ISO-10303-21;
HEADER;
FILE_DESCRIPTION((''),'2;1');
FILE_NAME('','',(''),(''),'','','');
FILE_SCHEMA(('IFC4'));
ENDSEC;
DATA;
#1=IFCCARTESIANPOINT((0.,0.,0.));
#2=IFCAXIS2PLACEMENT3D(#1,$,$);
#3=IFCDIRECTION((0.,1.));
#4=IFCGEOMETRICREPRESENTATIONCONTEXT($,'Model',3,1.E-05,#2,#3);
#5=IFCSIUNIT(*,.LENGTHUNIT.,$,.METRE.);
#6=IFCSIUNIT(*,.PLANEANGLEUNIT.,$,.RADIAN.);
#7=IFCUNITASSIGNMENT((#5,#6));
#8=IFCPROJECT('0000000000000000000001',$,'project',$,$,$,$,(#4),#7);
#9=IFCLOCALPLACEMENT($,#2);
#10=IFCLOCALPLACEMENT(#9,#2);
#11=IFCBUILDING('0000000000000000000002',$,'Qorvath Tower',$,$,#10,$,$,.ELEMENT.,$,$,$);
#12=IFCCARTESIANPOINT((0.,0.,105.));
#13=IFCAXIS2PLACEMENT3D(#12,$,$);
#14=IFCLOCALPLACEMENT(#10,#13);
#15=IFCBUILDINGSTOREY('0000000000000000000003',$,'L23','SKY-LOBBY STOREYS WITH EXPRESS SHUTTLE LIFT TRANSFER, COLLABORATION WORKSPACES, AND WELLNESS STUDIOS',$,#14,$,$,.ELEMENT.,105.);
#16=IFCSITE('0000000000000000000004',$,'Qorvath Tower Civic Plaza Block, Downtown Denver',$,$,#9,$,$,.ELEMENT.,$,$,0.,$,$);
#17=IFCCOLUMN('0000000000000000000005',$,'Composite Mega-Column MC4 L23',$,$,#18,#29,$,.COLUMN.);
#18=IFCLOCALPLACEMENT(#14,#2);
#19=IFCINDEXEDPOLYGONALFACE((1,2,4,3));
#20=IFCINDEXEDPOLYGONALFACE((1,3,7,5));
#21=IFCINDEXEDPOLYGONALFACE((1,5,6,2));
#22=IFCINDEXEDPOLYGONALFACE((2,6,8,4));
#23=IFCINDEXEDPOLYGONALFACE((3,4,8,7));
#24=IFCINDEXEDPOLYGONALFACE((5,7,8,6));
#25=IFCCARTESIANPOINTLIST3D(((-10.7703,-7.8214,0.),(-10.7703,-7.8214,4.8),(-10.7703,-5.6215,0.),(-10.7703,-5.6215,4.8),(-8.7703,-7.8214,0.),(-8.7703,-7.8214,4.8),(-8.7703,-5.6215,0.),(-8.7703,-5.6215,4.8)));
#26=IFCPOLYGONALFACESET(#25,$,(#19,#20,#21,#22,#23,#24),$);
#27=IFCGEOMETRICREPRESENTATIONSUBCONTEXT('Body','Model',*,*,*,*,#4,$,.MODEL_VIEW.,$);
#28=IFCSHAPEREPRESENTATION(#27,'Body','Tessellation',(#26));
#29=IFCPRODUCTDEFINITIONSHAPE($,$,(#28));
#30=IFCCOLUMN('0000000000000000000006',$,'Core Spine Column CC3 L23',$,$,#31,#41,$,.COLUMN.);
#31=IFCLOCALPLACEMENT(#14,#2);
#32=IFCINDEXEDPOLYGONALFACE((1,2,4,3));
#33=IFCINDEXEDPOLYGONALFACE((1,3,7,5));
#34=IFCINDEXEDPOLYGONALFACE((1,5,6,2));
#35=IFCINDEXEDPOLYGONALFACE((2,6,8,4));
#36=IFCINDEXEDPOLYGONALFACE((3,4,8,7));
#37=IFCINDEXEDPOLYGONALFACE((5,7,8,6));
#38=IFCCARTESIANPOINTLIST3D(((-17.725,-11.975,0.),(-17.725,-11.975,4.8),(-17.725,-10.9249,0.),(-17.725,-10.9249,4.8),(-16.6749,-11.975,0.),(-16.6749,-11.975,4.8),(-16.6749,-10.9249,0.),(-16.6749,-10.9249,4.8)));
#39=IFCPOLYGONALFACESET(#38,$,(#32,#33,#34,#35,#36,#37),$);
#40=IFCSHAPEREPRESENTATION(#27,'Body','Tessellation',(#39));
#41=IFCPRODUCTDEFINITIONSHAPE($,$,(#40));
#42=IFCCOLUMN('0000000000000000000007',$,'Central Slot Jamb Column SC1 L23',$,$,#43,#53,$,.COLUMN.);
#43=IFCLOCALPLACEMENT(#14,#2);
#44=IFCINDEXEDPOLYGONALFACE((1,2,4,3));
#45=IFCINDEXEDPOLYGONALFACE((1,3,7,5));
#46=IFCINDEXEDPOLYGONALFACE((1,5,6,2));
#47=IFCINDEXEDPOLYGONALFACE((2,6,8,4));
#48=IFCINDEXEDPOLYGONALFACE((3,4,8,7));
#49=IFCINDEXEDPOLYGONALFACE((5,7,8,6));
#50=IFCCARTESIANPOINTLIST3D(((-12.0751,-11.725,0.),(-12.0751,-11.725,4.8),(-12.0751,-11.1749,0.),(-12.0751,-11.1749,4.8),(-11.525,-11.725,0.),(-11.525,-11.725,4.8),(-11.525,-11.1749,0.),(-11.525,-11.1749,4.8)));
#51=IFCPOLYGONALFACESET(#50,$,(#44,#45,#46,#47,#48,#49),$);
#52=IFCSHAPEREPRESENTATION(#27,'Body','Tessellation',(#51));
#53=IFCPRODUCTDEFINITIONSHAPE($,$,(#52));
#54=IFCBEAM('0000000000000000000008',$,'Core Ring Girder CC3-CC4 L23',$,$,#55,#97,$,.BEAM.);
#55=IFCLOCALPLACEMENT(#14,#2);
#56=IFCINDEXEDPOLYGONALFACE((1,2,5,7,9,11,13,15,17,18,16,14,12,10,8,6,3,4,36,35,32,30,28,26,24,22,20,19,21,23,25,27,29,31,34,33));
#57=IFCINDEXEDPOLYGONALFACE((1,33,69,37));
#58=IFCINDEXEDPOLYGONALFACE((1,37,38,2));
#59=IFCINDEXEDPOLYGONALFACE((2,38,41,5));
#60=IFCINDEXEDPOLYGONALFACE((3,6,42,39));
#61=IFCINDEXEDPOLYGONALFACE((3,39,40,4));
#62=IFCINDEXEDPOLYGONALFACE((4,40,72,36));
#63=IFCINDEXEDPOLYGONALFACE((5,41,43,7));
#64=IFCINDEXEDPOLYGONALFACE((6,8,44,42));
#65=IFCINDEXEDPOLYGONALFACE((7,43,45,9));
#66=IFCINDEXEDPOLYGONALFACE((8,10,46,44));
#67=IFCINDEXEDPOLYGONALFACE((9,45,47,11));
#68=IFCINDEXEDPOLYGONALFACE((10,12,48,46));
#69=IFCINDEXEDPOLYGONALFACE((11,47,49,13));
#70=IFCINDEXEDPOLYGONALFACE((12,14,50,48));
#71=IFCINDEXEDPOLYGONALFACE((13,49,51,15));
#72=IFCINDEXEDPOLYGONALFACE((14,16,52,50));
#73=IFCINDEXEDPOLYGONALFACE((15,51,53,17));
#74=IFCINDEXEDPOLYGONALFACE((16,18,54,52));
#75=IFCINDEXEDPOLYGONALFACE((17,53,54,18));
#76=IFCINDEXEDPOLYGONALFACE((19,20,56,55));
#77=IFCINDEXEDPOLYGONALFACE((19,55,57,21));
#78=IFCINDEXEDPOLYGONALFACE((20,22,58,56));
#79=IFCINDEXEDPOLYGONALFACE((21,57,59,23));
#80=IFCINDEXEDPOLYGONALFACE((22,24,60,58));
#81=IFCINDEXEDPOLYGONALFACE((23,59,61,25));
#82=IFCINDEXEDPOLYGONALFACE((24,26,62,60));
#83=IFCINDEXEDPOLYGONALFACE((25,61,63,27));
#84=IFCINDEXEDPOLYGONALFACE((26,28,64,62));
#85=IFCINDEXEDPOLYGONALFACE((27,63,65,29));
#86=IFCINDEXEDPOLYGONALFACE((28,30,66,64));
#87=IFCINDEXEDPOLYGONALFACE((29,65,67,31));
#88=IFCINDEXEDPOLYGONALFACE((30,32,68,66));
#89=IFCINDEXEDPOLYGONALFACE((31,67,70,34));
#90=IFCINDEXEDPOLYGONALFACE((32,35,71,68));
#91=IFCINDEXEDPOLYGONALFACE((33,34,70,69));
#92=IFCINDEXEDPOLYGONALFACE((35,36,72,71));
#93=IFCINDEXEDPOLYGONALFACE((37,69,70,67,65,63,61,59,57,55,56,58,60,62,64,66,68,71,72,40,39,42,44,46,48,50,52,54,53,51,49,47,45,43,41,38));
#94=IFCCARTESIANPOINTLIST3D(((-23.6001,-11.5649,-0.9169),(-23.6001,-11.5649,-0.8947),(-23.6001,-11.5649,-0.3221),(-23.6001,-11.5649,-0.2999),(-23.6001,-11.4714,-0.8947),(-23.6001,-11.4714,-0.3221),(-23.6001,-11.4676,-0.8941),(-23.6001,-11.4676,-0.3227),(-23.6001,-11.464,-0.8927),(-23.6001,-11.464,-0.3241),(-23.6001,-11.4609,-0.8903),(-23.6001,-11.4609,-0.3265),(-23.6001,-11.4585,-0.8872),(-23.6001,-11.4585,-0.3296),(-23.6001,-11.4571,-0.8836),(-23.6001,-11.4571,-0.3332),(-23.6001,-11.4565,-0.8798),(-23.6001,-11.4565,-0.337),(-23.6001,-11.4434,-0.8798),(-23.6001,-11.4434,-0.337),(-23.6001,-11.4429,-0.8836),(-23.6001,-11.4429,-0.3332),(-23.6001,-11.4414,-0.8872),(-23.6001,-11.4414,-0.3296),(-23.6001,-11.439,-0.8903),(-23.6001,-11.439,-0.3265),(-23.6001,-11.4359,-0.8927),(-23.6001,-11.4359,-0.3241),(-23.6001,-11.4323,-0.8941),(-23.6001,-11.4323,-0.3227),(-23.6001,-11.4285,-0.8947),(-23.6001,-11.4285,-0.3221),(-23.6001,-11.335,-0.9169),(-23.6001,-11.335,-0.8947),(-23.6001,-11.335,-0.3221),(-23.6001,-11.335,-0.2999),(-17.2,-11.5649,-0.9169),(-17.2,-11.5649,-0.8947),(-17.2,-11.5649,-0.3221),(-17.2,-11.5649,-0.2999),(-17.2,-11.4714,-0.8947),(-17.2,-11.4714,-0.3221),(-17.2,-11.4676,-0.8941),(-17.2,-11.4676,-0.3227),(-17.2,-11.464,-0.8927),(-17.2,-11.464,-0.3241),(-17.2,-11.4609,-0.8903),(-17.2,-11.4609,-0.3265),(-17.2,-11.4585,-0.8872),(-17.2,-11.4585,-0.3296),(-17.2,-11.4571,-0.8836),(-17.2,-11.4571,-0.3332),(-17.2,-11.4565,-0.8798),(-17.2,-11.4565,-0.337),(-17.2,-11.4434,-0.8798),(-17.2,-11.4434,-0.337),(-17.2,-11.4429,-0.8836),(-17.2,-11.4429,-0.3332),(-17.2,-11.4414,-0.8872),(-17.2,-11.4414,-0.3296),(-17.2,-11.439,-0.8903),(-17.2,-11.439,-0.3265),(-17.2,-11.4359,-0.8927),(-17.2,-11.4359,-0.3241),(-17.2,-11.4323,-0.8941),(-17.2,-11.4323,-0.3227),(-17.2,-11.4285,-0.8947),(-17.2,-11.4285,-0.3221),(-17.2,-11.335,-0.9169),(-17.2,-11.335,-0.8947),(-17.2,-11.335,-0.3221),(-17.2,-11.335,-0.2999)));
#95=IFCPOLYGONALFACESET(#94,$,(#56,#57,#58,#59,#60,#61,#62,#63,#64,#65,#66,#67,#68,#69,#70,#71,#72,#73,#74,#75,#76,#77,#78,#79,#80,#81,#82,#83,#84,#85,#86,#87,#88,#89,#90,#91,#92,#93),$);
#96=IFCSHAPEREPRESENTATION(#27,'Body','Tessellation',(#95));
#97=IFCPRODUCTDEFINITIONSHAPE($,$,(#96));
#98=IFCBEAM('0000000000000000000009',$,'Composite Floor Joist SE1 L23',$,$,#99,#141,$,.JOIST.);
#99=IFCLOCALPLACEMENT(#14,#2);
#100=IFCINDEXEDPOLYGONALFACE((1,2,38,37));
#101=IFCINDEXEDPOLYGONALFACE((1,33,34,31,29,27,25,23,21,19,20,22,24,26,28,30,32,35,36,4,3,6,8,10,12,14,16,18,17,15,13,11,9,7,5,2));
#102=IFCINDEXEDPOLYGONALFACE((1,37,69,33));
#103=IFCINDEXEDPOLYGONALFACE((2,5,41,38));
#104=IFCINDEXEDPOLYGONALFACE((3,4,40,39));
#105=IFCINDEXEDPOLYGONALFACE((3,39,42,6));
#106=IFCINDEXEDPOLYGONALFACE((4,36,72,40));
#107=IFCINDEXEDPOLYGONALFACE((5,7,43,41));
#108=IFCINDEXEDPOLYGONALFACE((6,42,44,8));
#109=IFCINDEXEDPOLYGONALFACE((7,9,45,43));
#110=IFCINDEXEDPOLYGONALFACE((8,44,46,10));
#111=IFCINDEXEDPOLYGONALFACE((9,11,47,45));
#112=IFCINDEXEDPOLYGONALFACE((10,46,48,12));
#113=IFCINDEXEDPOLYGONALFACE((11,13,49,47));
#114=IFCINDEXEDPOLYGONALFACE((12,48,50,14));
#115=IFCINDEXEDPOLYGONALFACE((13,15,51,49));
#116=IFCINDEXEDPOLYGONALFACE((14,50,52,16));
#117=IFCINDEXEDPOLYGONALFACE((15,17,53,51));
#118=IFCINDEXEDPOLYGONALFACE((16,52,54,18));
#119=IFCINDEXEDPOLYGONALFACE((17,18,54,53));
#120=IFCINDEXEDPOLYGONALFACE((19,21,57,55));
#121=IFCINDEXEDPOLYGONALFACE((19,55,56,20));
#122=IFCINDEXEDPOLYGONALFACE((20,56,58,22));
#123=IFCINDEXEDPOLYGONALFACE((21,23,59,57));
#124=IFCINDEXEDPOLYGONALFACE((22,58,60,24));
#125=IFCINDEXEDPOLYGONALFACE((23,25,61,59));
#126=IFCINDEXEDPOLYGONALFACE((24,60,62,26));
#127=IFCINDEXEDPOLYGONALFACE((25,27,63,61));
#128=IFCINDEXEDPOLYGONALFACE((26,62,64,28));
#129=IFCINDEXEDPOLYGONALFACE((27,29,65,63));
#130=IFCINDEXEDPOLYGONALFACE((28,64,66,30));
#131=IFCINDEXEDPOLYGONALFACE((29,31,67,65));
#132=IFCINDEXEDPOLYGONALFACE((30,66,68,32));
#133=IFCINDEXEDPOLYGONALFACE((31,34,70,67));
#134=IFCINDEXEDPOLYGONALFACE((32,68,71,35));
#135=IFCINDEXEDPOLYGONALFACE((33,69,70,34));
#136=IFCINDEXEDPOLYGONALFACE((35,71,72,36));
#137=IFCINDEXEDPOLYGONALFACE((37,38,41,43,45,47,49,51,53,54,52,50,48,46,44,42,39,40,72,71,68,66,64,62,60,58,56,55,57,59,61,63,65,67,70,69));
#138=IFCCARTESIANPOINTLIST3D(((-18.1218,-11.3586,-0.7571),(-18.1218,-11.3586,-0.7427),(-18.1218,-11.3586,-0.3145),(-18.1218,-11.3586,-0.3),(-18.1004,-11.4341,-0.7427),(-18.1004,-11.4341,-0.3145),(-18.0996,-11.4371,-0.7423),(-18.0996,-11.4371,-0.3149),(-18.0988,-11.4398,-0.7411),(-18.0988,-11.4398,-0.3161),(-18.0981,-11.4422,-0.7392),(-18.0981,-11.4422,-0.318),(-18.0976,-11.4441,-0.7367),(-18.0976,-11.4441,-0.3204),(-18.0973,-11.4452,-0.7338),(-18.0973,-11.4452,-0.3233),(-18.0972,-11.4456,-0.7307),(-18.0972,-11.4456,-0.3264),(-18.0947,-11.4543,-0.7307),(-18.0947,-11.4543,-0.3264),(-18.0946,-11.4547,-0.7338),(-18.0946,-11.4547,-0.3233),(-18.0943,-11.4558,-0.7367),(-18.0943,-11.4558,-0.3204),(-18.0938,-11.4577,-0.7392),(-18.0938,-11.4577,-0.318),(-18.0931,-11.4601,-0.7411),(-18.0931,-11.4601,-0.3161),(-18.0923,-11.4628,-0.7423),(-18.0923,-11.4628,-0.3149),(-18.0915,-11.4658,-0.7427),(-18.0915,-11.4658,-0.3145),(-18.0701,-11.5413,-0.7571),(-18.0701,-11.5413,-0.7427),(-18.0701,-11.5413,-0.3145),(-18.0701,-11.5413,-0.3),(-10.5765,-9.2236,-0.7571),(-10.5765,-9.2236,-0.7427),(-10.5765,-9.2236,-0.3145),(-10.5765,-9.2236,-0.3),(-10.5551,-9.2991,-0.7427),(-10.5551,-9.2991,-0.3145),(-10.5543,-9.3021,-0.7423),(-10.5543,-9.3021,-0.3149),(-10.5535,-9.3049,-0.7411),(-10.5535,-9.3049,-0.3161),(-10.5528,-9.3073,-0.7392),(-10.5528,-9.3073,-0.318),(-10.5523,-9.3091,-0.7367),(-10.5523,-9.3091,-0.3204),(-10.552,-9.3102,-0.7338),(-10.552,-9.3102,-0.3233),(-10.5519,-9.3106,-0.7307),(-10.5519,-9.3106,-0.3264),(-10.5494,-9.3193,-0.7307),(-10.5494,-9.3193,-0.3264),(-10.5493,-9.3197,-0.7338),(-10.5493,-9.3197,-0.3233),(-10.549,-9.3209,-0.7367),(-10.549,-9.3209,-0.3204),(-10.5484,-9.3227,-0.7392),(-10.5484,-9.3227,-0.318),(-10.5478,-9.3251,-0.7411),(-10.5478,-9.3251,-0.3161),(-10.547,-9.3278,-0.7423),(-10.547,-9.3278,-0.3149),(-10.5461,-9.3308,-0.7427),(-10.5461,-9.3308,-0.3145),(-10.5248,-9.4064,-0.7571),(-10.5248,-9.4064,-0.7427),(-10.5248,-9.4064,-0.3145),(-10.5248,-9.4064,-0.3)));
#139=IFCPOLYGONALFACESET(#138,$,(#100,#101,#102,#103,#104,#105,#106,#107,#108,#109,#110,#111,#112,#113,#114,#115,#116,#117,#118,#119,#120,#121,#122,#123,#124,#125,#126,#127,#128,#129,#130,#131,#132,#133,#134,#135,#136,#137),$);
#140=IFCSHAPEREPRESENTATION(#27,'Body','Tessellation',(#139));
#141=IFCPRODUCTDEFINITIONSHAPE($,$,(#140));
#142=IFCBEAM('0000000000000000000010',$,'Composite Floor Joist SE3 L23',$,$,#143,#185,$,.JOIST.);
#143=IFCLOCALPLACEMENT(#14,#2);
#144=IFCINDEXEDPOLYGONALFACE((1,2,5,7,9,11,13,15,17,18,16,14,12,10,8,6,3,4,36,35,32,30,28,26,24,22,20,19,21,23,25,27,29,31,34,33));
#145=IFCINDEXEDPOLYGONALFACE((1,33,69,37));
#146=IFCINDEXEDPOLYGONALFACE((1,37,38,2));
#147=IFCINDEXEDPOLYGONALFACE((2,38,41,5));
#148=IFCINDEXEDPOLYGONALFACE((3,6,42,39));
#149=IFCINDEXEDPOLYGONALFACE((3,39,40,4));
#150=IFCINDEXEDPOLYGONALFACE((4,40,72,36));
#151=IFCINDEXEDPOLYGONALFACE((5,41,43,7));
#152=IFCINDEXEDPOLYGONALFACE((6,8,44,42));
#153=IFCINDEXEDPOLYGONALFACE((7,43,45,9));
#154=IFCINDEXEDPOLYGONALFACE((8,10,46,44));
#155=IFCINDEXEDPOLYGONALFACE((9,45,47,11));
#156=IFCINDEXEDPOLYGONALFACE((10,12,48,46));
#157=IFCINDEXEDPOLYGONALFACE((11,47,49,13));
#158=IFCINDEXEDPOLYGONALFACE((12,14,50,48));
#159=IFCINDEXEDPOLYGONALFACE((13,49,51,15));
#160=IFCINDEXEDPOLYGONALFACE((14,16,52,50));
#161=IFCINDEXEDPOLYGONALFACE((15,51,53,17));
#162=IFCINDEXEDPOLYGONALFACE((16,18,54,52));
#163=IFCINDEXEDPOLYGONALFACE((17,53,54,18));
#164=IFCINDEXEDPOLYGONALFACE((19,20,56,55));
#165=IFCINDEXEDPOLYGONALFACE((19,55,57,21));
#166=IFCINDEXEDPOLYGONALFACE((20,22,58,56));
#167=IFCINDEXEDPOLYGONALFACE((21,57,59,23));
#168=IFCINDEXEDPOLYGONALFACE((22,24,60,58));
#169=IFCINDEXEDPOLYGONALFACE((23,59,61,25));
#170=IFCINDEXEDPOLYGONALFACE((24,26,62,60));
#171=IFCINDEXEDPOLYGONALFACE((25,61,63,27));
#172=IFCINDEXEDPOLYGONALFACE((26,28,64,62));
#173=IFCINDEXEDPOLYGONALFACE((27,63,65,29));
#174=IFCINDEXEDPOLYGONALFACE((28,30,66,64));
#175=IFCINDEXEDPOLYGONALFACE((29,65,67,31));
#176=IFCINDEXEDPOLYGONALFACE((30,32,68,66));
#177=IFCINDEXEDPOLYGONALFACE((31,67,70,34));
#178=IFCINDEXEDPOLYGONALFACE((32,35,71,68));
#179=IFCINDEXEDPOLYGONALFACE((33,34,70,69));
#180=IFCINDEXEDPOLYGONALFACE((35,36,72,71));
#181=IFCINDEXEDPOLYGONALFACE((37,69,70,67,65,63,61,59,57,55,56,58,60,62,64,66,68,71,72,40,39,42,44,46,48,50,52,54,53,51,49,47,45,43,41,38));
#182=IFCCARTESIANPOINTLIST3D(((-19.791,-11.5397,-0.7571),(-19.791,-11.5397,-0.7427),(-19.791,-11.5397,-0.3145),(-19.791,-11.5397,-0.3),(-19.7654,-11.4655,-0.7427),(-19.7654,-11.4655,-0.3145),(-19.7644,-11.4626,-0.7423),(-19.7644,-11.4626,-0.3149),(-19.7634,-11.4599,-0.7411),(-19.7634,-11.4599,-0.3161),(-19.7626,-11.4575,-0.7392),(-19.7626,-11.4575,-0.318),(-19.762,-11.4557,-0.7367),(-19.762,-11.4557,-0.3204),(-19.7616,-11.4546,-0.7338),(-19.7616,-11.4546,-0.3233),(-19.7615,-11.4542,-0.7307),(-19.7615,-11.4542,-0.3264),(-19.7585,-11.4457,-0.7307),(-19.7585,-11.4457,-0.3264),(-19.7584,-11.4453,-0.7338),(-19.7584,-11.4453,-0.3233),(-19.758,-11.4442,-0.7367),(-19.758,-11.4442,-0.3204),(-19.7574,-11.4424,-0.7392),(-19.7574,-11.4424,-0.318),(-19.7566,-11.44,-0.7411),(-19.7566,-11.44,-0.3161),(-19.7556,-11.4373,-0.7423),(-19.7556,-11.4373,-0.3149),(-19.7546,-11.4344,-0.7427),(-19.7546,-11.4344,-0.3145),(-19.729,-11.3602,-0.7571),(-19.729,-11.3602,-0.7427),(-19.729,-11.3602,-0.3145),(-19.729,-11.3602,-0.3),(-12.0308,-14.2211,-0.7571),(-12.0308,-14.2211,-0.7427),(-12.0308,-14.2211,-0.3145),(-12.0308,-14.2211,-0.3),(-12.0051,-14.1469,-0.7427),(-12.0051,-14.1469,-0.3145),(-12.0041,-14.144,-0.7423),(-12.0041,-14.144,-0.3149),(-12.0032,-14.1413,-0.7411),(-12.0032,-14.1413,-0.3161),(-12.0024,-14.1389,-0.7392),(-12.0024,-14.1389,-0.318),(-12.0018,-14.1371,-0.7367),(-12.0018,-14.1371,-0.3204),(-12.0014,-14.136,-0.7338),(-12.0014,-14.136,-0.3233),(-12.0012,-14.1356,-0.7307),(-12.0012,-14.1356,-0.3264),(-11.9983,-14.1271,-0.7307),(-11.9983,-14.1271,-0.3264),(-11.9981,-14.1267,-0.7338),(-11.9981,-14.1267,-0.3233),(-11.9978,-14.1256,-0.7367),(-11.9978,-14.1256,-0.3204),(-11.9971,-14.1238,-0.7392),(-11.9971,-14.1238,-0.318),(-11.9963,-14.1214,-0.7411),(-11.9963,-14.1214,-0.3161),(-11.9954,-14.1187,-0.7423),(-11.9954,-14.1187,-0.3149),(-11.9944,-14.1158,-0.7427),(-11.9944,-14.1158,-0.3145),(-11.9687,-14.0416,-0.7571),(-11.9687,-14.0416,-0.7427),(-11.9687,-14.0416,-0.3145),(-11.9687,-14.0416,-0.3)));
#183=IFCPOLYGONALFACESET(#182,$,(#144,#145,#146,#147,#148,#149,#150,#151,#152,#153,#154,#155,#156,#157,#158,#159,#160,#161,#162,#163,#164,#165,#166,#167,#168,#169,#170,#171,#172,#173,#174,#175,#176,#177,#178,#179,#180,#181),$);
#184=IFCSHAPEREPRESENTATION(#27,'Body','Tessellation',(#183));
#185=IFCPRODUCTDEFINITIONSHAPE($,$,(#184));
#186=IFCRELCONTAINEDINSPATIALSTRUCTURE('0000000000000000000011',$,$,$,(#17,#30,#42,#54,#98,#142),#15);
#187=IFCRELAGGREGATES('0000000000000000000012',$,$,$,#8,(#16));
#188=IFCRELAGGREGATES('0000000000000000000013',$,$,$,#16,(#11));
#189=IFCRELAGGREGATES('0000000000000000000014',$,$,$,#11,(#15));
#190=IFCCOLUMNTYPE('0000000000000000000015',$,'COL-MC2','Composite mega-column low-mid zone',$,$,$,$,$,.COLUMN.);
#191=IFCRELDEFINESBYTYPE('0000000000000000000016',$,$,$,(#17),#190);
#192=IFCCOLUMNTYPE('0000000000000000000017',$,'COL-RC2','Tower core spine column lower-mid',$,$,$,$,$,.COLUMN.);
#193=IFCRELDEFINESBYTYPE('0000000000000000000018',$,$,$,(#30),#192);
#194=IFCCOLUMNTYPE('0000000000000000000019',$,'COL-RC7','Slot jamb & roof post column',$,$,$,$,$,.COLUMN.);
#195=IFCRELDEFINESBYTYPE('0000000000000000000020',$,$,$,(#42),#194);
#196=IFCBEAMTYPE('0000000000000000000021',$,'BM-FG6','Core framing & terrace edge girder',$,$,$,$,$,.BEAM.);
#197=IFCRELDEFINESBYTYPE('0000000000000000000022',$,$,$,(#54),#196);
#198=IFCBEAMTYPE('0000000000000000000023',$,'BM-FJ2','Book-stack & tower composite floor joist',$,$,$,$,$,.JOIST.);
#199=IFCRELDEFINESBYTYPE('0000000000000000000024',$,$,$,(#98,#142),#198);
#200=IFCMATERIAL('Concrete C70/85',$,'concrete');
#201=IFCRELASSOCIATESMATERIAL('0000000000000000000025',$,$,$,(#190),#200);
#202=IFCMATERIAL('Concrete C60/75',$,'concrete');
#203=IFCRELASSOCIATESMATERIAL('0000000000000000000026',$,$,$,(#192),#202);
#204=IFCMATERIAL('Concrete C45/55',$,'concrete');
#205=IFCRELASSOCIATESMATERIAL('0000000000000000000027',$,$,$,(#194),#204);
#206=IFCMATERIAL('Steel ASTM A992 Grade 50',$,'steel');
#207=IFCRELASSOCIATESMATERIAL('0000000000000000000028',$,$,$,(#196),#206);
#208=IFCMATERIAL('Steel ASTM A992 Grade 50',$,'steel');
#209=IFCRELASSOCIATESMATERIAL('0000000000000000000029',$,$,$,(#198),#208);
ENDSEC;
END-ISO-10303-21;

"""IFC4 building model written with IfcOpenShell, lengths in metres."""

from ifc_helpers import new_model, si_unit, direction, frame, origin, origin_2d, place, context, subcontext, project, spatial, rectangle, i_section, extrude, material, material_profile, profile_set, type_object, element, save


model = new_model("IFC4")

# Units and contexts
model_context = context("Model", 3, precision=1e-05, world=origin(), true_north=direction((0.0, 1.0)))
body_context = subcontext(model_context, "Body", "Model", "MODEL_VIEW")
ifc_project = project(units=[si_unit("LENGTHUNIT", "METRE"), si_unit("PLANEANGLEUNIT", "RADIAN")], contexts=[model_context])

# Site, building, storey
site_placement = place(None, origin())
site = spatial("IfcSite", under=ifc_project, at=site_placement, Name="Qorvath Tower Civic Plaza Block, Downtown Denver", CompositionType="ELEMENT", RefElevation=0.0)
building_placement = place(site_placement, origin())
building = spatial("IfcBuilding", under=site, at=building_placement, Name="Qorvath Tower", CompositionType="ELEMENT")
storey_placement = place(building_placement, frame((0.0, 0.0, 105.0)))
storey = spatial("IfcBuildingStorey", under=building, at=storey_placement, Name="L23", Description="SKY-LOBBY STOREYS WITH EXPRESS SHUTTLE LIFT TRANSFER, COLLABORATION WORKSPACES, AND WELLNESS STUDIOS", CompositionType="ELEMENT", Elevation=105.0)

# Columns
ifc_material_1 = material(Name="Concrete C70/85", Category="concrete")
ifc_material_profile_1 = material_profile(ifc_material_1, rectangle(XDim=2.0, YDim=2.2, at=origin_2d()), Name="MC 2200x2000")
ifc_profile_set_1 = profile_set([ifc_material_profile_1], Name="Concrete C70/85")
column_type_1 = type_object("IfcColumnType", Name="COL-MC2", Description="Composite mega-column low-mid zone", PredefinedType="COLUMN", material=ifc_profile_set_1)
column_1_placement = place(storey_placement, frame((-9.7703, -6.7214, 0.0), z_axis=(0.0, 0.0, 1.0), x_axis=(1.0, 0.0, 0.0)))
element("IfcColumn", 1, at=column_1_placement, inside=storey, type_object=column_type_1, Name="Composite Mega-Column MC4 L23", PredefinedType="COLUMN", context=body_context, shape_type="SweptSolid", body=[
    extrude(rectangle(XDim=2.0, YDim=2.2, at=origin_2d()), origin(), (0.0, 0.0, 1.0), 4.8),
])
ifc_material_2 = material(Name="Concrete C60/75", Category="concrete")
ifc_material_profile_2 = material_profile(ifc_material_2, rectangle(XDim=1.05, YDim=1.05, at=origin_2d()), Name="RC 1050x1050")
ifc_profile_set_2 = profile_set([ifc_material_profile_2], Name="Concrete C60/75")
column_type_2 = type_object("IfcColumnType", Name="COL-RC2", Description="Tower core spine column lower-mid", PredefinedType="COLUMN", material=ifc_profile_set_2)
column_2_placement = place(storey_placement, frame((-17.2, -11.45, 0.0), z_axis=(0.0, 0.0, 1.0), x_axis=(1.0, 0.0, 0.0)))
element("IfcColumn", 2, at=column_2_placement, inside=storey, type_object=column_type_2, Name="Core Spine Column CC3 L23", PredefinedType="COLUMN", context=body_context, shape_type="SweptSolid", body=[
    extrude(rectangle(XDim=1.05, YDim=1.05, at=origin_2d()), origin(), (0.0, 0.0, 1.0), 4.8),
])
ifc_material_3 = material(Name="Concrete C45/55", Category="concrete")
ifc_material_profile_3 = material_profile(ifc_material_3, rectangle(XDim=0.55, YDim=0.55, at=origin_2d()), Name="RC 550x550")
ifc_profile_set_3 = profile_set([ifc_material_profile_3], Name="Concrete C45/55")
column_type_3 = type_object("IfcColumnType", Name="COL-RC7", Description="Slot jamb & roof post column", PredefinedType="COLUMN", material=ifc_profile_set_3)
column_3_placement = place(storey_placement, frame((-11.8, -11.45, 0.0), z_axis=(0.0, 0.0, 1.0), x_axis=(1.0, 0.0, 0.0)))
element("IfcColumn", 3, at=column_3_placement, inside=storey, type_object=column_type_3, Name="Central Slot Jamb Column SC1 L23", PredefinedType="COLUMN", context=body_context, shape_type="SweptSolid", body=[
    extrude(rectangle(XDim=0.55, YDim=0.55, at=origin_2d()), origin(), (0.0, 0.0, 1.0), 4.8),
])

# Beams
ifc_material_4 = material(Name="Steel ASTM A992 Grade 50", Category="steel")
ifc_material_profile_4 = material_profile(ifc_material_4, i_section(OverallWidth=0.23, OverallDepth=0.6169, WebThickness=0.0132, FlangeThickness=0.0222, FilletRadius=0.0149, at=origin_2d()), Name="W24x94")
ifc_profile_set_4 = profile_set([ifc_material_profile_4], Name="Steel ASTM A992 Grade 50")
beam_type_1 = type_object("IfcBeamType", Name="BM-FG6", Description="Core framing & terrace edge girder", PredefinedType="BEAM", material=ifc_profile_set_4)
beam_1_placement = place(storey_placement, frame((-17.2, -11.45, -0.6084), z_axis=(-1.0, 0.0, 0.0), x_axis=(0.0, -1.0, 0.0)))
element("IfcBeam", 4, at=beam_1_placement, inside=storey, type_object=beam_type_1, Name="Core Ring Girder CC3-CC4 L23", PredefinedType="BEAM", context=body_context, shape_type="SweptSolid", body=[
    extrude(i_section(OverallWidth=0.23, OverallDepth=0.6169, WebThickness=0.0132, FlangeThickness=0.0222, FilletRadius=0.0149, at=origin_2d()), origin(), (0.0, 0.0, 1.0), 6.4001),
])
ifc_material_5 = material(Name="Steel ASTM A992 Grade 50", Category="steel")
ifc_material_profile_5 = material_profile(ifc_material_5, i_section(OverallWidth=0.1899, OverallDepth=0.457, WebThickness=0.009, FlangeThickness=0.0144, FilletRadius=0.012, at=origin_2d()), Name="W18x50")
ifc_profile_set_5 = profile_set([ifc_material_profile_5], Name="Steel ASTM A992 Grade 50")
beam_type_2 = type_object("IfcBeamType", Name="BM-FJ2", Description="Book-stack & tower composite floor joist", PredefinedType="JOIST", material=ifc_profile_set_5)
beam_2_placement = place(storey_placement, frame((-18.0959, -11.45, -0.5286), z_axis=(0.962222, 0.272265, 0.0), x_axis=(-0.272265, 0.962222, 0.0)))
element("IfcBeam", 5, at=beam_2_placement, inside=storey, type_object=beam_type_2, Name="Composite Floor Joist SE1 L23", PredefinedType="JOIST", context=body_context, shape_type="SweptSolid", body=[
    extrude(i_section(OverallWidth=0.1899, OverallDepth=0.457, WebThickness=0.009, FlangeThickness=0.0144, FilletRadius=0.012, at=origin_2d()), origin(), (0.0, 0.0, 1.0), 7.8416),
])
beam_3_placement = place(storey_placement, frame((-19.76, -11.45, -0.5286), z_axis=(0.945168, -0.326584, 0.0), x_axis=(0.326584, 0.945168, 0.0)))
element("IfcBeam", 6, at=beam_3_placement, inside=storey, type_object=beam_type_2, Name="Composite Floor Joist SE3 L23", PredefinedType="JOIST", context=body_context, shape_type="SweptSolid", body=[
    extrude(i_section(OverallWidth=0.1899, OverallDepth=0.457, WebThickness=0.009, FlangeThickness=0.0144, FilletRadius=0.012, at=origin_2d()), origin(), (0.0, 0.0, 1.0), 8.2104),
])

save(model, "model.ifc")
